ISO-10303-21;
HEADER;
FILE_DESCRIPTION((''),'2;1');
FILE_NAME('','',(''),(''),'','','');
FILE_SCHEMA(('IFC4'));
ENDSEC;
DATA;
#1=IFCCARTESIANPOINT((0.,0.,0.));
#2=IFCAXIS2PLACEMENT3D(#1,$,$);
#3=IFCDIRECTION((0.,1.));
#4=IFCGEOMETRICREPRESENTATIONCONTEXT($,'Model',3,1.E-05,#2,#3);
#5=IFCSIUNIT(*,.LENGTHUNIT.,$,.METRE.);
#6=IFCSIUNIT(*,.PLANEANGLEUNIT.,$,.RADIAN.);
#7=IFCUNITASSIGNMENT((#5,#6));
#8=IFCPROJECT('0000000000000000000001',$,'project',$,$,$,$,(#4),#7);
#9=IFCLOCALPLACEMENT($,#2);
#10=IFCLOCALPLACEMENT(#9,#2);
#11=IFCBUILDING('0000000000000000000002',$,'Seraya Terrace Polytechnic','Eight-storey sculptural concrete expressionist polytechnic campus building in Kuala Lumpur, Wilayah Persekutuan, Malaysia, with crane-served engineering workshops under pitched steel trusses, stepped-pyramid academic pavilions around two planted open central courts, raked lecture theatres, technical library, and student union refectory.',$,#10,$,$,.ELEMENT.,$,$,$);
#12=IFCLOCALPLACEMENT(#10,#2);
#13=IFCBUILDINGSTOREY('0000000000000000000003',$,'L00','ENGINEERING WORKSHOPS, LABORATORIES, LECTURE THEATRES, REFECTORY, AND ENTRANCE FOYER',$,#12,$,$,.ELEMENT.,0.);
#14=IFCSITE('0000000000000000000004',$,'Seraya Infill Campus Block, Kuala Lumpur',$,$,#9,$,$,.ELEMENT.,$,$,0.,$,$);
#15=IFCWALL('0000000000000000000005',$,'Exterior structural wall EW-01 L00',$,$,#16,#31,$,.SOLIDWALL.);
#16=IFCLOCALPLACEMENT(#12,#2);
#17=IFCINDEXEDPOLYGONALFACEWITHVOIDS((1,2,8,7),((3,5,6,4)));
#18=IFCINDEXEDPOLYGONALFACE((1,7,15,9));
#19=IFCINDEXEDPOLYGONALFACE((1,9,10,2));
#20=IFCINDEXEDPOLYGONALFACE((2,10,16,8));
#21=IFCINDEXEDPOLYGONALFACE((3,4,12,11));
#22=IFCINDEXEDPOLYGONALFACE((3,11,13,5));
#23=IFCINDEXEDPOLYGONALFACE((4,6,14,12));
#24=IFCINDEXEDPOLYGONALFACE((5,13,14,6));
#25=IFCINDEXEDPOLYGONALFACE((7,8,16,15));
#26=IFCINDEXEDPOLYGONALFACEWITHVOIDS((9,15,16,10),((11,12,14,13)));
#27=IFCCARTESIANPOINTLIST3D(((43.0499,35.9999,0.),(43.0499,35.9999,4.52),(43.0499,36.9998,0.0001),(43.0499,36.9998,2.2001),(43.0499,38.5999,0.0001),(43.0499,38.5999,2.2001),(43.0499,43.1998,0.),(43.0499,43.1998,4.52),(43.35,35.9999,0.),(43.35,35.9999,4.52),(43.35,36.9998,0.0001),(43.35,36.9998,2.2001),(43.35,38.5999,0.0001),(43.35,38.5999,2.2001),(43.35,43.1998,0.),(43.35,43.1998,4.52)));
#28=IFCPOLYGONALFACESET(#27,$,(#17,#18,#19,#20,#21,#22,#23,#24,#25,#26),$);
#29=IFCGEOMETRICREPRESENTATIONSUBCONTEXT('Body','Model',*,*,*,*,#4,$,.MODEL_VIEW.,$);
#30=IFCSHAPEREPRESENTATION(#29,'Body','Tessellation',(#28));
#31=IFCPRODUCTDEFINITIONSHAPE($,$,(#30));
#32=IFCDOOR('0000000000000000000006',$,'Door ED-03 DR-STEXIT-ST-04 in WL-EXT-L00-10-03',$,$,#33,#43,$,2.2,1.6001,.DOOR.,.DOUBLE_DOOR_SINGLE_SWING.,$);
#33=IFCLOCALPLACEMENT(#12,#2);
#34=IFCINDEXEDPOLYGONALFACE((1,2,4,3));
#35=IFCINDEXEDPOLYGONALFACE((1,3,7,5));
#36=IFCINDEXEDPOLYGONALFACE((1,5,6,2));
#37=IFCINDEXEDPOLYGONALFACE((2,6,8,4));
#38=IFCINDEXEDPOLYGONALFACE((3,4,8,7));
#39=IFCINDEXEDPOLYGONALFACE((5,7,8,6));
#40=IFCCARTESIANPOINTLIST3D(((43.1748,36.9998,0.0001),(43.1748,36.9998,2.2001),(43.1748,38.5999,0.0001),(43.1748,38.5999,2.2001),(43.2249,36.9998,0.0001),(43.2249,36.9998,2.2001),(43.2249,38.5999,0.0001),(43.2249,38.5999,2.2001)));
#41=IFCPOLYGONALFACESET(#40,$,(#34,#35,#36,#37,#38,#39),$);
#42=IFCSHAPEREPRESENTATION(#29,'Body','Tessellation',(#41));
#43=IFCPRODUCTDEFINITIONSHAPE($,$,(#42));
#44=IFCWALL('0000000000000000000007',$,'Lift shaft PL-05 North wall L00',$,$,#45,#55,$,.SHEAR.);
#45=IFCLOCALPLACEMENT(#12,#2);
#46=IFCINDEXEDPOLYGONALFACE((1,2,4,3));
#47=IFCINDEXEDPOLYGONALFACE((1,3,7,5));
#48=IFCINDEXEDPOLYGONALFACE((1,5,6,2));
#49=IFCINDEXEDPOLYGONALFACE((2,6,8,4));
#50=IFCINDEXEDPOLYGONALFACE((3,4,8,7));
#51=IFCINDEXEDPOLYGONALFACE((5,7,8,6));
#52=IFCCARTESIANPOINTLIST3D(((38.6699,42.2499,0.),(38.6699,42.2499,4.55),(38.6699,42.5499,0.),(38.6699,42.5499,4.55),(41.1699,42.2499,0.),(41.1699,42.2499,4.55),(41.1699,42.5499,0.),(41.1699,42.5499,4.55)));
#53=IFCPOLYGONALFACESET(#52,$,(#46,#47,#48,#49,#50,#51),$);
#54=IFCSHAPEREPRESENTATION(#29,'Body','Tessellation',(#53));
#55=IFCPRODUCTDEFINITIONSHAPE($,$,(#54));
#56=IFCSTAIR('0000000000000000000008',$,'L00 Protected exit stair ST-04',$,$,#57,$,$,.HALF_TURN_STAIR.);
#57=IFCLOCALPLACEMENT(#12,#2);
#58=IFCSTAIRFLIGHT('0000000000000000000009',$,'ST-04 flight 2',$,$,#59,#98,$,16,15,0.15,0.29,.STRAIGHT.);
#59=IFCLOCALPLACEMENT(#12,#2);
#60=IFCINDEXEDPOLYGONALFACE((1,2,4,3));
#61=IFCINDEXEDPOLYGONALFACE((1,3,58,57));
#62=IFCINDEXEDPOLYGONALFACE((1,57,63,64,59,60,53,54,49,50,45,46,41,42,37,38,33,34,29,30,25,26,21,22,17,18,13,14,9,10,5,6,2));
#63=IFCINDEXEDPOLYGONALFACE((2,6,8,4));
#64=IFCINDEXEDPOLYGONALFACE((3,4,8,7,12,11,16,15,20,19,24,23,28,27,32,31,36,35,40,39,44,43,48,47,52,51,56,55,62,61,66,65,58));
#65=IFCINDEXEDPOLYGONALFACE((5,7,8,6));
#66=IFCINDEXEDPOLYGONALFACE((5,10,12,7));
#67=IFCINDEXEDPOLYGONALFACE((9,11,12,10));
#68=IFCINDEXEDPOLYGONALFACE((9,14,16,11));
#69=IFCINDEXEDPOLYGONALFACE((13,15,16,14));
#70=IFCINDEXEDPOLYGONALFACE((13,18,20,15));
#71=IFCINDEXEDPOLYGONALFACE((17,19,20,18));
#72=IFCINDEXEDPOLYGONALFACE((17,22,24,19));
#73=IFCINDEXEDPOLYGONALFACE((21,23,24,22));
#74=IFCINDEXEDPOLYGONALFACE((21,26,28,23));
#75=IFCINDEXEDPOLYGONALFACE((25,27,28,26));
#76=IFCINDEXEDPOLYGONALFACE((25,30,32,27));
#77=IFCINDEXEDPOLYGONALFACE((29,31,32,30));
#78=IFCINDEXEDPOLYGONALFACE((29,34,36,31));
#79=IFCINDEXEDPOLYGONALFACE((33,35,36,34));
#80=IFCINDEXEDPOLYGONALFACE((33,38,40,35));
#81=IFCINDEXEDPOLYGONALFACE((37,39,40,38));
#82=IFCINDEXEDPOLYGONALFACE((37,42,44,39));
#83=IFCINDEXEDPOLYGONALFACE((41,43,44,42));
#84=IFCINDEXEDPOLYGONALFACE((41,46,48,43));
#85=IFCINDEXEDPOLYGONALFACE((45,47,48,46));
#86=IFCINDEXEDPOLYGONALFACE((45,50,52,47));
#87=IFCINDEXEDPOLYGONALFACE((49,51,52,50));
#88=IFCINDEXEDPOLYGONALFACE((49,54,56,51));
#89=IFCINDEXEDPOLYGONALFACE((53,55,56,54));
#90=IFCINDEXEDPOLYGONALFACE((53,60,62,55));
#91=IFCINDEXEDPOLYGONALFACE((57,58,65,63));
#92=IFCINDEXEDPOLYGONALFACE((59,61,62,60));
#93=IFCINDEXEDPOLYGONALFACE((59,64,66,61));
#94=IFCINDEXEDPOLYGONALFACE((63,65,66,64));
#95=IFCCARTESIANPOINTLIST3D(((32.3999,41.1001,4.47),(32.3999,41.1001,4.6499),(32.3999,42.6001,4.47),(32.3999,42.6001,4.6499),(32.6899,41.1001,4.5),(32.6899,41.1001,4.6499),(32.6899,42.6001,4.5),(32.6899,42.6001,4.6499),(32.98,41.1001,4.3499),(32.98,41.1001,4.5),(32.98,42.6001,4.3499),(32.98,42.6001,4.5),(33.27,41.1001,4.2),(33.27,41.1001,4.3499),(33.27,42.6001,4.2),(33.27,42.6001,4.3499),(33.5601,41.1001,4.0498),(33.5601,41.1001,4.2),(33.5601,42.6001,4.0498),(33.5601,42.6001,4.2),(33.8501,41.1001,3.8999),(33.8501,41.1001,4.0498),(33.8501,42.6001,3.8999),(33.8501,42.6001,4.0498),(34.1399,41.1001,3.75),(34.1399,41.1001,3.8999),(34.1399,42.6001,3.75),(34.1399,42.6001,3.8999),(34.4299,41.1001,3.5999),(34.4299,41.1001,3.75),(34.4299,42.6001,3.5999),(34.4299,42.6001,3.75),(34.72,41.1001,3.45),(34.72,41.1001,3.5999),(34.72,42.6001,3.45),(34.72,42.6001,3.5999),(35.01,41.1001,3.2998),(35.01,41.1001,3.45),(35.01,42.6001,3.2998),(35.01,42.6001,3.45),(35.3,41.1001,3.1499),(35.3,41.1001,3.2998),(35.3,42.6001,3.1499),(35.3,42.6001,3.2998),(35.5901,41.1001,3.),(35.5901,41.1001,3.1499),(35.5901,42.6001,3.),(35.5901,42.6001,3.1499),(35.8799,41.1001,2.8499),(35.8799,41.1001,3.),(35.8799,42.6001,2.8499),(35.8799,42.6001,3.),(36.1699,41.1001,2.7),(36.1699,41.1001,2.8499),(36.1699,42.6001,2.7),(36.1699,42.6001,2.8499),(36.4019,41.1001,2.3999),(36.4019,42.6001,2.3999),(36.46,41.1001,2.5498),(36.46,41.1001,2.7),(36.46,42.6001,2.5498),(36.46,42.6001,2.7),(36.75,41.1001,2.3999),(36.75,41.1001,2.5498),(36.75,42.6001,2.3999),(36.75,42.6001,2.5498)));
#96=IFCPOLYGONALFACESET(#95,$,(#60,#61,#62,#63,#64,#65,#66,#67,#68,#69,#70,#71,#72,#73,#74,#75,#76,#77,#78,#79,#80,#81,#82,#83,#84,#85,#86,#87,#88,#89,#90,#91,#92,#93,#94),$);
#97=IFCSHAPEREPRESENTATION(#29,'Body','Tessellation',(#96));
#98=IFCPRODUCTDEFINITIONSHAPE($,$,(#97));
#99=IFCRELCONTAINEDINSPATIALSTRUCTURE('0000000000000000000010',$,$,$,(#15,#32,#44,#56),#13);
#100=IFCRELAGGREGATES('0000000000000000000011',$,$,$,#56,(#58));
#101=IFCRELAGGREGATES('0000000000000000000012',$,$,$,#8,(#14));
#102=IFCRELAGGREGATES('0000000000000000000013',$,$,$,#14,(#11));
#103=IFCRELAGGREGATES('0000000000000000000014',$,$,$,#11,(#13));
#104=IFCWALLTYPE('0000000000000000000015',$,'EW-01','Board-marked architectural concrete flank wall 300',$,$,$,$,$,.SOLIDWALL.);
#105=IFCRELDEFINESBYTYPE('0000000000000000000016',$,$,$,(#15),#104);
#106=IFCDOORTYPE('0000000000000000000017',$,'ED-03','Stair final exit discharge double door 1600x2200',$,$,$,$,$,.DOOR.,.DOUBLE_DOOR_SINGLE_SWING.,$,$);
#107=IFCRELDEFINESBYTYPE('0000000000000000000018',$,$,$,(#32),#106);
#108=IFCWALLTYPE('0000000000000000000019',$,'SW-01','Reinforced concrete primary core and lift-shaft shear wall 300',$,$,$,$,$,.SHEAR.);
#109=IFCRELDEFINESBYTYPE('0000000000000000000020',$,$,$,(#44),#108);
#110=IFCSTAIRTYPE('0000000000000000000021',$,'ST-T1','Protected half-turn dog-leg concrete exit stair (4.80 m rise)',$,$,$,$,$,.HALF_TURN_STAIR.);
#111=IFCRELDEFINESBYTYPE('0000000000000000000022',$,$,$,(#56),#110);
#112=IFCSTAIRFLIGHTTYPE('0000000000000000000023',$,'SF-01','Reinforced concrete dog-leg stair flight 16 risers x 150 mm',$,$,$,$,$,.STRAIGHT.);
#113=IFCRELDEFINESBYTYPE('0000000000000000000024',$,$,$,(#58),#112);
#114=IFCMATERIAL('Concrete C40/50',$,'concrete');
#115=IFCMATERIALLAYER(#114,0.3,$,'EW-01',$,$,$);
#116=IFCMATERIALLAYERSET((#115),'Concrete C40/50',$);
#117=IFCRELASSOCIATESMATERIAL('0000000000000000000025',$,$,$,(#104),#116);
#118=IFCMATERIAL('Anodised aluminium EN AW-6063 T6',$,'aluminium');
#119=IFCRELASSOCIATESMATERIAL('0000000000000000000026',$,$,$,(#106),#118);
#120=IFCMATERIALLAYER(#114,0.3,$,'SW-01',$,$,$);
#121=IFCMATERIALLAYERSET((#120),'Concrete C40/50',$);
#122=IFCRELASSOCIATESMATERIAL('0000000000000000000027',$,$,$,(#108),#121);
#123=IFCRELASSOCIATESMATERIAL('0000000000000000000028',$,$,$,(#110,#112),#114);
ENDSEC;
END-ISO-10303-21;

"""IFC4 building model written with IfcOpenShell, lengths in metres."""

from ifc_helpers import new_model, si_unit, direction, frame, frame_2d, origin, place, context, subcontext, project, spatial, polyline, rectangle, outline, extrude, material, layer, layer_set, type_object, element, fill, aggregate, save


model = new_model("IFC4")

# Units and contexts
model_context = context("Model", 3, precision=1e-05, world=origin(), true_north=direction((0.0, 1.0)))
body_context = subcontext(model_context, "Body", "Model", "MODEL_VIEW")
ifc_project = project(units=[si_unit("LENGTHUNIT", "METRE"), si_unit("PLANEANGLEUNIT", "RADIAN")], contexts=[model_context])

# Site, building, storey
site_placement = place(None, origin())
site = spatial("IfcSite", under=ifc_project, at=site_placement, Name="Seraya Infill Campus Block, Kuala Lumpur", CompositionType="ELEMENT", RefElevation=0.0)
building_placement = place(site_placement, origin())
building = spatial("IfcBuilding", under=site, at=building_placement, Name="Seraya Terrace Polytechnic", Description="Eight-storey sculptural concrete expressionist polytechnic campus building in Kuala Lumpur, Wilayah Persekutuan, Malaysia, with crane-served engineering workshops under pitched steel trusses, stepped-pyramid academic pavilions around two planted open central courts, raked lecture theatres, technical library, and student union refectory.", CompositionType="ELEMENT")
storey_placement = place(building_placement, origin())
storey = spatial("IfcBuildingStorey", under=building, at=storey_placement, Name="L00", Description="ENGINEERING WORKSHOPS, LABORATORIES, LECTURE THEATRES, REFECTORY, AND ENTRANCE FOYER", CompositionType="ELEMENT", Elevation=0.0)

# Shared definitions
ifc_material_1 = material(Name="Concrete C40/50", Category="concrete")

# Wall, opening, door
ifc_layer_1 = layer(ifc_material_1, 0.3, Name="EW-01")
ifc_layer_set_1 = layer_set([ifc_layer_1], Name="Concrete C40/50")
wall_type_1 = type_object("IfcWallType", Name="EW-01", Description="Board-marked architectural concrete flank wall 300", PredefinedType="SOLIDWALL", material=ifc_layer_set_1)
wall_1_placement = place(storey_placement, frame((43.2, 43.2, 0.0), z_axis=(0.0, 0.0, 1.0), x_axis=(0.0, -1.0, 0.0)))
wall_1 = element("IfcWall", 1, at=wall_1_placement, inside=storey, type_object=wall_type_1, Name="Exterior structural wall EW-01 L00", PredefinedType="SOLIDWALL", context=body_context, shape_type="SweptSolid", body=[
    extrude(rectangle(XDim=7.2, YDim=0.3, at=frame_2d((3.6001, 0.0))), origin(), (0.0, 0.0, 1.0), 4.52),
])
opening_placement = place(wall_1_placement, frame((4.6001, 0.0, 0.0)))
opening = element("IfcOpeningElement", 2, at=opening_placement, cuts=wall_1, PredefinedType="OPENING", context=body_context, shape_type="SweptSolid", body=[
    extrude(rectangle(XDim=1.6001, YDim=2.2, at=frame_2d((0.8, 1.1001))), frame((0.0, 0.1621, 0.0), z_axis=(0.0, -1.0, 0.0), x_axis=(1.0, 0.0, 0.0)), (0.0, 0.0, 1.0), 0.324),
])
ifc_material_2 = material(Name="Anodised aluminium EN AW-6063 T6", Category="aluminium")
door_type = type_object("IfcDoorType", Name="ED-03", Description="Stair final exit discharge double door 1600x2200", OperationType="DOUBLE_DOOR_SINGLE_SWING", PredefinedType="DOOR", material=ifc_material_2)
door_placement = place(opening_placement, origin())
door = element("IfcDoor", 3, at=door_placement, inside=storey, type_object=door_type, Name="Door ED-03 DR-STEXIT-ST-04 in WL-EXT-L00-10-03", OperationType="DOUBLE_DOOR_SINGLE_SWING", OverallHeight=2.2, OverallWidth=1.6001, PredefinedType="DOOR", context=body_context, shape_type="SweptSolid", body=[
    extrude(rectangle(XDim=1.6001, YDim=2.2, at=frame_2d((0.8, 1.1001))), frame((0.0, 0.0249, 0.0), z_axis=(0.0, -1.0, 0.0), x_axis=(1.0, 0.0, 0.0)), (0.0, 0.0, 1.0), 0.05),
])
fill(opening, door)

# Wall
ifc_layer_2 = layer(ifc_material_1, 0.3, Name="SW-01")
ifc_layer_set_2 = layer_set([ifc_layer_2], Name="Concrete C40/50")
wall_type_2 = type_object("IfcWallType", Name="SW-01", Description="Reinforced concrete primary core and lift-shaft shear wall 300", PredefinedType="SHEAR", material=ifc_layer_set_2)
wall_2_placement = place(storey_placement, frame((38.6699, 42.3999, 0.0), z_axis=(0.0, 0.0, 1.0), x_axis=(1.0, 0.0, 0.0)))
element("IfcWall", 4, at=wall_2_placement, inside=storey, type_object=wall_type_2, Name="Lift shaft PL-05 North wall L00", PredefinedType="SHEAR", context=body_context, shape_type="SweptSolid", body=[
    extrude(rectangle(XDim=2.5, YDim=0.3, at=frame_2d((1.25, 0.0))), origin(), (0.0, 0.0, 1.0), 4.55),
])

# Stair, stair flight
stair_type = type_object("IfcStairType", Name="ST-T1", Description="Protected half-turn dog-leg concrete exit stair (4.80 m rise)", PredefinedType="HALF_TURN_STAIR", material=ifc_material_1)
stair_placement = place(storey_placement, origin())
stair = element("IfcStair", 5, at=stair_placement, inside=storey, type_object=stair_type, Name="L00 Protected exit stair ST-04", PredefinedType="HALF_TURN_STAIR")
stair_flight_type = type_object("IfcStairFlightType", Name="SF-01", Description="Reinforced concrete dog-leg stair flight 16 risers x 150 mm", PredefinedType="STRAIGHT", material=ifc_material_1)
stair_flight_placement = place(storey_placement, frame((36.75, 41.8501, 2.3999), z_axis=(0.0, 0.0, 1.0), x_axis=(-1.0, 0.0, 0.0)))
stair_flight = element("IfcStairFlight", 6, at=stair_flight_placement, type_object=stair_flight_type, Name="ST-04 flight 2", NumberOfRisers=16, NumberOfTreads=15, PredefinedType="STRAIGHT", RiserHeight=0.15, TreadLength=0.29, context=body_context, shape_type="SweptSolid", body=[
    extrude(outline(polyline([(0.0, 0.0), (0.0, 0.1499), (0.29, 0.1499), (0.29, 0.3), (0.5801, 0.3), (0.5801, 0.45), (0.8701, 0.45), (0.8701, 0.6001), (1.1599, 0.6001), (1.1599, 0.75), (1.45, 0.75), (1.45, 0.8999), (1.74, 0.8999), (1.74, 1.05), (2.03, 1.05), (2.03, 1.2), (2.3201, 1.2), (2.3201, 1.3501), (2.6101, 1.3501), (2.6101, 1.5), (2.8999, 1.5), (2.8999, 1.6499), (3.1899, 1.6499), (3.1899, 1.8), (3.48, 1.8), (3.48, 1.95), (3.77, 1.95), (3.77, 2.1001), (4.0601, 2.1001), (4.0601, 2.25), (4.3501, 2.25), (4.3501, 2.3999), (4.3501, 2.0701), (0.3481, 0.0), (0.0, 0.0)])), frame((0.0, 0.75, 0.0), z_axis=(0.0, -1.0, 0.0), x_axis=(1.0, 0.0, 0.0)), (0.0, 0.0, 1.0), 1.5),
])
aggregate(stair, [stair_flight])

save(model, "model.ifc")
